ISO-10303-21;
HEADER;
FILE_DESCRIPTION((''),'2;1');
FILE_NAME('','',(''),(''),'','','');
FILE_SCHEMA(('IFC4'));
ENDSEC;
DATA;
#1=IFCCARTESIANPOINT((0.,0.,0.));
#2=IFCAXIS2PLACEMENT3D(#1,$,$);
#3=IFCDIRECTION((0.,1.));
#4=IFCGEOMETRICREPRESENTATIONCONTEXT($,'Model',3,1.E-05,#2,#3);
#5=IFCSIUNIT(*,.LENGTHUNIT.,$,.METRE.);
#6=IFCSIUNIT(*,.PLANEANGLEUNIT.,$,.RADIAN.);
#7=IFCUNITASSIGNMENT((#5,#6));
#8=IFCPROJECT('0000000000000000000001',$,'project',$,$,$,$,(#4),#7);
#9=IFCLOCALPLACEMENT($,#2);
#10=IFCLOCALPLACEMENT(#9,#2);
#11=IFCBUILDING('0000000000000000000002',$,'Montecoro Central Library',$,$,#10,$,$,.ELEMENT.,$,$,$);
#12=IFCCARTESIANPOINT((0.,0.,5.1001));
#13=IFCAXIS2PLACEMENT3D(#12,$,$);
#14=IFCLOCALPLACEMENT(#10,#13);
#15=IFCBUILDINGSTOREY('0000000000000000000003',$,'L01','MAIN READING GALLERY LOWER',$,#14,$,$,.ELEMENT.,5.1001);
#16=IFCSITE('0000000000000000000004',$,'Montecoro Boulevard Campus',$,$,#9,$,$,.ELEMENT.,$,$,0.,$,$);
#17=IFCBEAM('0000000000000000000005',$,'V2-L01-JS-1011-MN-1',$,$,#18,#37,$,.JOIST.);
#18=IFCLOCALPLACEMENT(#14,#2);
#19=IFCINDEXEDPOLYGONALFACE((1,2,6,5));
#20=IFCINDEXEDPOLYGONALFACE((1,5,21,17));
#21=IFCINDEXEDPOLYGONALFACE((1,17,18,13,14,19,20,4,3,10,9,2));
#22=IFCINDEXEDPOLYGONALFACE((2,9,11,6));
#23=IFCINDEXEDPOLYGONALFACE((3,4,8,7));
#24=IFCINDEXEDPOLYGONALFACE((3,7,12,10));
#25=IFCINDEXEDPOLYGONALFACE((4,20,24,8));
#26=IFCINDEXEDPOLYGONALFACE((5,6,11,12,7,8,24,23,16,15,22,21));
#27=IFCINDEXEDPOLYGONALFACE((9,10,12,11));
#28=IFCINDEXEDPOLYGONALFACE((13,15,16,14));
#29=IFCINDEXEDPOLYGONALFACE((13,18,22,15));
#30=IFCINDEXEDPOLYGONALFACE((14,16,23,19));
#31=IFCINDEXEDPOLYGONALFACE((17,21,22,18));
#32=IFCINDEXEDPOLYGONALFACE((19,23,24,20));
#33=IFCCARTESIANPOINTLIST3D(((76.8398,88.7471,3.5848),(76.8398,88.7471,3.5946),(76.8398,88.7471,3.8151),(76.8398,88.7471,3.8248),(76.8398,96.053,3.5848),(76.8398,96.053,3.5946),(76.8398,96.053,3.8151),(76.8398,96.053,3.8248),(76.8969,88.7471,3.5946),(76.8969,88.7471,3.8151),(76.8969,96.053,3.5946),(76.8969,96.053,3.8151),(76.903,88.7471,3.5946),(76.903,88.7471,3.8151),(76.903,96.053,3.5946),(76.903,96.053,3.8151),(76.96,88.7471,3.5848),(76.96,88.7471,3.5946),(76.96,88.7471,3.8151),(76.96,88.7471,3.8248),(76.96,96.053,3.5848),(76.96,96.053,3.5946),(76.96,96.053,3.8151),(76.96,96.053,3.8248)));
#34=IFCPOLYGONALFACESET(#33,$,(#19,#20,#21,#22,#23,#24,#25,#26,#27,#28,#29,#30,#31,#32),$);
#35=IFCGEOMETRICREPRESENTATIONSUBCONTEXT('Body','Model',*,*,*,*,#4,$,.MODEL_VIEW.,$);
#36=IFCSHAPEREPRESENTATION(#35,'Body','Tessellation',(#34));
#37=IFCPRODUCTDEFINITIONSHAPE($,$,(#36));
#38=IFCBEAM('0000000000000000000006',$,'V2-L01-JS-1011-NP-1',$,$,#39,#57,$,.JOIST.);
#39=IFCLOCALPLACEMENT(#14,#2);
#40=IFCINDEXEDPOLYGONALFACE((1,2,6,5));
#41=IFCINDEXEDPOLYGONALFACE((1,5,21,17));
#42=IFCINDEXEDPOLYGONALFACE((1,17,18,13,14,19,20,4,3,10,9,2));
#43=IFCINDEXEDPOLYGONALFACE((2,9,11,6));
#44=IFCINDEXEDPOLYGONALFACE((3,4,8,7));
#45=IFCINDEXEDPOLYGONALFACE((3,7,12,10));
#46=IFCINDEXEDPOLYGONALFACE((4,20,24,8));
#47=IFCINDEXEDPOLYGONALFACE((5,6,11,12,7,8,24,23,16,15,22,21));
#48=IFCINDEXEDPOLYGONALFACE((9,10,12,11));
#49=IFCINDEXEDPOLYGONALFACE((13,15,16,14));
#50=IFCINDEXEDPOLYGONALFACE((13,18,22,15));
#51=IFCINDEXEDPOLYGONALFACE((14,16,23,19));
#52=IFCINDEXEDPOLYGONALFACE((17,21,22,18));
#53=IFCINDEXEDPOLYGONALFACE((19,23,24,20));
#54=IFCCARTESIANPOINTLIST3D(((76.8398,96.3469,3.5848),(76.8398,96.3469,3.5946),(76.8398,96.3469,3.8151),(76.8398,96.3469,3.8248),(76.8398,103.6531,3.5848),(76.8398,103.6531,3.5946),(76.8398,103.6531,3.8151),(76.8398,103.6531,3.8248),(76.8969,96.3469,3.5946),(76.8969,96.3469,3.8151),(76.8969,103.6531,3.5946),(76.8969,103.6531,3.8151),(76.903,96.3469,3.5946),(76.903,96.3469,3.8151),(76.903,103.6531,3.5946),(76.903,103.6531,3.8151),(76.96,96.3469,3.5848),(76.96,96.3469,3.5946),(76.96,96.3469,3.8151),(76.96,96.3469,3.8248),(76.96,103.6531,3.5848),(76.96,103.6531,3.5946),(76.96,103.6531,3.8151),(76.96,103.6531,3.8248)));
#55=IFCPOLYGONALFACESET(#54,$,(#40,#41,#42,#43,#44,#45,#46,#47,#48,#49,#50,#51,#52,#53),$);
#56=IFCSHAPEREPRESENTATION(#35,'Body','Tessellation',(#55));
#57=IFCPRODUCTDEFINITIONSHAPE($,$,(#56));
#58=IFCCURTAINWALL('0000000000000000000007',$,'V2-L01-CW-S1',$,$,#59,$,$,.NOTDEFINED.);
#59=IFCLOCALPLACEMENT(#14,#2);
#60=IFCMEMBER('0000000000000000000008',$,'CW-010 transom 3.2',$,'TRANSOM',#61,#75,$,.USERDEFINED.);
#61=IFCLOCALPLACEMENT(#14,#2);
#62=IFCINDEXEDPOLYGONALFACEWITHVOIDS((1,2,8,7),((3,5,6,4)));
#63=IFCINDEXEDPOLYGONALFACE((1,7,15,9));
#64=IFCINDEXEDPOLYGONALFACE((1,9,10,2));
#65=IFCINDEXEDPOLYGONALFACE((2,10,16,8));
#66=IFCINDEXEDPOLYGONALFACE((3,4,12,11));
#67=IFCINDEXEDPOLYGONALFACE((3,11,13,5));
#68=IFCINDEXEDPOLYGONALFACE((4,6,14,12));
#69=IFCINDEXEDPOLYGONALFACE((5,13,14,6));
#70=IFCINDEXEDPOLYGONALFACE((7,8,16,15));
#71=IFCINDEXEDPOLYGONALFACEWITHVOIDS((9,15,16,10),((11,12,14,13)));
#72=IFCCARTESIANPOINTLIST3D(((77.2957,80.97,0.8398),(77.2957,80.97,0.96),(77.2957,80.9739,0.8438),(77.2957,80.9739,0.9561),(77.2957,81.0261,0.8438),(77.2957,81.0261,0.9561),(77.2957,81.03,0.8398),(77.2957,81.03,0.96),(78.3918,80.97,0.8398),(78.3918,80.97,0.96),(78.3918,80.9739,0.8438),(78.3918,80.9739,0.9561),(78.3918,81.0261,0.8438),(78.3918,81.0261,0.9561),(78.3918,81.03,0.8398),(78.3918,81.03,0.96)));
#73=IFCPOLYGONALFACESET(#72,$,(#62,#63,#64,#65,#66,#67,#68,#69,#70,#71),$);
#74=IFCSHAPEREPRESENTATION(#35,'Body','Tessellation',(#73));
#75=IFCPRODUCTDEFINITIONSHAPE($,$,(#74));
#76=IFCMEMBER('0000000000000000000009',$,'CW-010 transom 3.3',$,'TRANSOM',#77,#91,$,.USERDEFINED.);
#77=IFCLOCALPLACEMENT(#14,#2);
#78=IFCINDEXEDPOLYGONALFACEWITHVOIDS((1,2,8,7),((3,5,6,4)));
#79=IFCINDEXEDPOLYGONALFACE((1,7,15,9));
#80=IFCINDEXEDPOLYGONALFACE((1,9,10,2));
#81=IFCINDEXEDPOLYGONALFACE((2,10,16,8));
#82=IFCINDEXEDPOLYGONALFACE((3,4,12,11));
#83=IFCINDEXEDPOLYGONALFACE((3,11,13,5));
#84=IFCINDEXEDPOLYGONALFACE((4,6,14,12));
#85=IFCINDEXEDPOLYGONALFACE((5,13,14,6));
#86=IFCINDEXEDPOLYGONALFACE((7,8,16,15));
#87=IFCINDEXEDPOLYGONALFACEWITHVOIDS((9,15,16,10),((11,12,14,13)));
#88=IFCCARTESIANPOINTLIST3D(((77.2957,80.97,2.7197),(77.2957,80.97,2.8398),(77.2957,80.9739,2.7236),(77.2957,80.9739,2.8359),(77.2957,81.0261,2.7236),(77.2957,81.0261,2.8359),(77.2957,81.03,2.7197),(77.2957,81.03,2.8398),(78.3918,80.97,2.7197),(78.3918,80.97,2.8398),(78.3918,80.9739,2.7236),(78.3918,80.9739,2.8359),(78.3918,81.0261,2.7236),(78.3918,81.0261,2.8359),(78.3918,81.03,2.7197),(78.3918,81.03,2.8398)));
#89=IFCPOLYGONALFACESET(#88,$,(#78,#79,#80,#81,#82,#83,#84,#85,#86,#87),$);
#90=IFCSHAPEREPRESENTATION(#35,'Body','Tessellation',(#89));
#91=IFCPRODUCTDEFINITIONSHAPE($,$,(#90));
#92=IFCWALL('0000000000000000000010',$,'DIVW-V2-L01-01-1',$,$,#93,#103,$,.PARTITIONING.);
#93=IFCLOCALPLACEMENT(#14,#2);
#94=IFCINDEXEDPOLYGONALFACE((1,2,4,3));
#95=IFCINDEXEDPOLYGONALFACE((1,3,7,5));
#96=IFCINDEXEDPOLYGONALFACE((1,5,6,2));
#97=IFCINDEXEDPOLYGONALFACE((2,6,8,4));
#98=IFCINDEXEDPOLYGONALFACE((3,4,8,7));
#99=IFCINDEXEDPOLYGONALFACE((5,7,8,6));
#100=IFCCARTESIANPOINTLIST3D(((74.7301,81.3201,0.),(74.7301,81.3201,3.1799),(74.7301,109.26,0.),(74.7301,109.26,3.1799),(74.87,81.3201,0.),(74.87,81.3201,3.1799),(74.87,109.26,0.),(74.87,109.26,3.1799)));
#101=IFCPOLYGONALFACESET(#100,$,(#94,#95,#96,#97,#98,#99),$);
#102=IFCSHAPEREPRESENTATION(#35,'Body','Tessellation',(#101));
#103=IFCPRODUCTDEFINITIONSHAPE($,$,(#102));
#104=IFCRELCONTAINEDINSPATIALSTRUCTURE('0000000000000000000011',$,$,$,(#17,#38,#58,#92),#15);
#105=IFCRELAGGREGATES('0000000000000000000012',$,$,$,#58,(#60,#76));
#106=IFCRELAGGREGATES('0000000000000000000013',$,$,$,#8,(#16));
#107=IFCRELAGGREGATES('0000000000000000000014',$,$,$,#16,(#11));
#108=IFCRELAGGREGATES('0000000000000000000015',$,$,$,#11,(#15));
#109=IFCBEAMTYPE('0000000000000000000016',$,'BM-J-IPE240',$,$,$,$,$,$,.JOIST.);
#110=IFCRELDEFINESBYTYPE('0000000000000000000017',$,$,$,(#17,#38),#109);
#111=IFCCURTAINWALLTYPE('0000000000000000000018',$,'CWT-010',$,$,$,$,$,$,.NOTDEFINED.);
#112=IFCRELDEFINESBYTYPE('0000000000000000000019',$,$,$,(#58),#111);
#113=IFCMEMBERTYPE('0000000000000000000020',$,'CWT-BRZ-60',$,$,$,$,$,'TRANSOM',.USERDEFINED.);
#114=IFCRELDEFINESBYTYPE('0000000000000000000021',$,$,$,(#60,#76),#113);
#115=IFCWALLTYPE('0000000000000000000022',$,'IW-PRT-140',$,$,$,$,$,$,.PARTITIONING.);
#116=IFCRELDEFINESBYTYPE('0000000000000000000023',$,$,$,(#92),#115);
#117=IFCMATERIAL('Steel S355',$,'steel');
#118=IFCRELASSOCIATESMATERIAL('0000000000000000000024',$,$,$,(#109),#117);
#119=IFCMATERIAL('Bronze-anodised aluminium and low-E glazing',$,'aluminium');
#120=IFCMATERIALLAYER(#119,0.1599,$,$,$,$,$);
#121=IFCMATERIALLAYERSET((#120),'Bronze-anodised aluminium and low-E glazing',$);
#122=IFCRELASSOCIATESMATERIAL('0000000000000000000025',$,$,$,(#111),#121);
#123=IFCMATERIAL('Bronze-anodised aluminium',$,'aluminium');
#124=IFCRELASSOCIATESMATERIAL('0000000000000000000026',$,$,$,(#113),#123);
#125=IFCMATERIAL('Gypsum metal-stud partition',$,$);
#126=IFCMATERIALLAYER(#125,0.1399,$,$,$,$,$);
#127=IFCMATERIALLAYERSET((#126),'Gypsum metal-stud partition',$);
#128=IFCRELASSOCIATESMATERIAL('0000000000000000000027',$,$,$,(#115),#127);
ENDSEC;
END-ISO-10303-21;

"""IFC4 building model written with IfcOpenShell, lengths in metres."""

from ifc_helpers import new_model, si_unit, direction, frame, frame_2d, origin, origin_2d, place, context, subcontext, project, spatial, rectangle, hollow_rectangle, i_section, extrude, material, layer, layer_set, material_profile, profile_set, type_object, element, aggregate, save


model = new_model("IFC4")

# Units and contexts
model_context = context("Model", 3, precision=1e-05, world=origin(), true_north=direction((0.0, 1.0)))
body_context = subcontext(model_context, "Body", "Model", "MODEL_VIEW")
ifc_project = project(units=[si_unit("LENGTHUNIT", "METRE"), si_unit("PLANEANGLEUNIT", "RADIAN")], contexts=[model_context])

# Site, building, storey
site_placement = place(None, origin())
site = spatial("IfcSite", under=ifc_project, at=site_placement, Name="Montecoro Boulevard Campus", CompositionType="ELEMENT", RefElevation=0.0)
building_placement = place(site_placement, origin())
building = spatial("IfcBuilding", under=site, at=building_placement, Name="Montecoro Central Library", CompositionType="ELEMENT")
storey_placement = place(building_placement, frame((0.0, 0.0, 5.1001)))
storey = spatial("IfcBuildingStorey", under=building, at=storey_placement, Name="L01", Description="MAIN READING GALLERY LOWER", CompositionType="ELEMENT", Elevation=5.1001)

# Beams
ifc_material_1 = material(Name="Steel S355", Category="steel")
ifc_material_profile_1 = material_profile(ifc_material_1, i_section(OverallWidth=0.1201, OverallDepth=0.24, WebThickness=0.0061, FlangeThickness=0.0098, at=origin_2d()), Name="IPE 240")
ifc_profile_set_1 = profile_set([ifc_material_profile_1], Name="Steel S355")
beam_type_1 = type_object("IfcBeamType", Name="BM-J-IPE240", PredefinedType="JOIST", material=ifc_profile_set_1)
beam_1_placement = place(storey_placement, frame((76.8999, 88.7471, 3.7048), z_axis=(0.0, 1.0, 0.0), x_axis=(-1.0, 0.0, 0.0)))
element("IfcBeam", 1, at=beam_1_placement, inside=storey, type_object=beam_type_1, Name="V2-L01-JS-1011-MN-1", PredefinedType="JOIST", context=body_context, shape_type="SweptSolid", body=[
    extrude(i_section(OverallWidth=0.1201, OverallDepth=0.24, WebThickness=0.0061, FlangeThickness=0.0098, at=origin_2d()), origin(), (0.0, 0.0, 1.0), 7.3059),
])
beam_2_placement = place(storey_placement, frame((76.8999, 96.3469, 3.7048), z_axis=(0.0, 1.0, 0.0), x_axis=(-1.0, 0.0, 0.0)))
element("IfcBeam", 2, at=beam_2_placement, inside=storey, type_object=beam_type_1, Name="V2-L01-JS-1011-NP-1", PredefinedType="JOIST", context=body_context, shape_type="SweptSolid", body=[
    extrude(i_section(OverallWidth=0.1201, OverallDepth=0.24, WebThickness=0.0061, FlangeThickness=0.0098, at=origin_2d()), origin(), (0.0, 0.0, 1.0), 7.3062),
])

# Curtain wall, members
ifc_material_2 = material(Name="Bronze-anodised aluminium and low-E glazing", Category="aluminium")
ifc_layer_1 = layer(ifc_material_2, 0.1599)
ifc_layer_set_1 = layer_set([ifc_layer_1], Name="Bronze-anodised aluminium and low-E glazing")
curtain_wall_type = type_object("IfcCurtainWallType", Name="CWT-010", PredefinedType="NOTDEFINED", material=ifc_layer_set_1)
curtain_wall_placement = place(storey_placement, origin())
curtain_wall = element("IfcCurtainWall", 3, at=curtain_wall_placement, inside=storey, type_object=curtain_wall_type, Name="V2-L01-CW-S1", PredefinedType="NOTDEFINED")
ifc_material_3 = material(Name="Bronze-anodised aluminium", Category="aluminium")
ifc_material_profile_2 = material_profile(ifc_material_3, hollow_rectangle(XDim=0.0601, YDim=0.1201, WallThickness=0.0039, at=origin_2d()), Name="CWT 120x60x4.0")
ifc_profile_set_2 = profile_set([ifc_material_profile_2], Name="Bronze-anodised aluminium")
member_type = type_object("IfcMemberType", Name="CWT-BRZ-60", ElementType="TRANSOM", PredefinedType="USERDEFINED", material=ifc_profile_set_2)
member_1_placement = place(storey_placement, frame((77.2957, 81.0, 0.8999), z_axis=(1.0, 0.0, 0.0), x_axis=(0.0, 1.0, 0.0)))
member_1 = element("IfcMember", 4, at=member_1_placement, type_object=member_type, Name="CW-010 transom 3.2", ObjectType="TRANSOM", PredefinedType="USERDEFINED", context=body_context, shape_type="SweptSolid", body=[
    extrude(hollow_rectangle(XDim=0.0601, YDim=0.1201, WallThickness=0.0039, at=origin_2d()), origin(), (0.0, 0.0, 1.0), 1.0962),
])
member_2_placement = place(storey_placement, frame((77.2957, 81.0, 2.7798), z_axis=(1.0, 0.0, 0.0), x_axis=(0.0, 1.0, 0.0)))
member_2 = element("IfcMember", 5, at=member_2_placement, type_object=member_type, Name="CW-010 transom 3.3", ObjectType="TRANSOM", PredefinedType="USERDEFINED", context=body_context, shape_type="SweptSolid", body=[
    extrude(hollow_rectangle(XDim=0.0601, YDim=0.1201, WallThickness=0.0039, at=origin_2d()), origin(), (0.0, 0.0, 1.0), 1.0962),
])
aggregate(curtain_wall, [member_1, member_2])

# Wall
ifc_material_4 = material(Name="Gypsum metal-stud partition")
ifc_layer_2 = layer(ifc_material_4, 0.1399)
ifc_layer_set_2 = layer_set([ifc_layer_2], Name="Gypsum metal-stud partition")
wall_type = type_object("IfcWallType", Name="IW-PRT-140", PredefinedType="PARTITIONING", material=ifc_layer_set_2)
wall_placement = place(storey_placement, frame((74.8, 81.3201, 0.0), z_axis=(0.0, 0.0, 1.0), x_axis=(0.0, 1.0, 0.0)))
element("IfcWall", 6, at=wall_placement, inside=storey, type_object=wall_type, Name="DIVW-V2-L01-01-1", PredefinedType="PARTITIONING", context=body_context, shape_type="SweptSolid", body=[
    extrude(rectangle(XDim=27.9399, YDim=0.1399, at=frame_2d((13.97, 0.0))), origin(), (0.0, 0.0, 1.0), 3.1799),
])

save(model, "model.ifc")
